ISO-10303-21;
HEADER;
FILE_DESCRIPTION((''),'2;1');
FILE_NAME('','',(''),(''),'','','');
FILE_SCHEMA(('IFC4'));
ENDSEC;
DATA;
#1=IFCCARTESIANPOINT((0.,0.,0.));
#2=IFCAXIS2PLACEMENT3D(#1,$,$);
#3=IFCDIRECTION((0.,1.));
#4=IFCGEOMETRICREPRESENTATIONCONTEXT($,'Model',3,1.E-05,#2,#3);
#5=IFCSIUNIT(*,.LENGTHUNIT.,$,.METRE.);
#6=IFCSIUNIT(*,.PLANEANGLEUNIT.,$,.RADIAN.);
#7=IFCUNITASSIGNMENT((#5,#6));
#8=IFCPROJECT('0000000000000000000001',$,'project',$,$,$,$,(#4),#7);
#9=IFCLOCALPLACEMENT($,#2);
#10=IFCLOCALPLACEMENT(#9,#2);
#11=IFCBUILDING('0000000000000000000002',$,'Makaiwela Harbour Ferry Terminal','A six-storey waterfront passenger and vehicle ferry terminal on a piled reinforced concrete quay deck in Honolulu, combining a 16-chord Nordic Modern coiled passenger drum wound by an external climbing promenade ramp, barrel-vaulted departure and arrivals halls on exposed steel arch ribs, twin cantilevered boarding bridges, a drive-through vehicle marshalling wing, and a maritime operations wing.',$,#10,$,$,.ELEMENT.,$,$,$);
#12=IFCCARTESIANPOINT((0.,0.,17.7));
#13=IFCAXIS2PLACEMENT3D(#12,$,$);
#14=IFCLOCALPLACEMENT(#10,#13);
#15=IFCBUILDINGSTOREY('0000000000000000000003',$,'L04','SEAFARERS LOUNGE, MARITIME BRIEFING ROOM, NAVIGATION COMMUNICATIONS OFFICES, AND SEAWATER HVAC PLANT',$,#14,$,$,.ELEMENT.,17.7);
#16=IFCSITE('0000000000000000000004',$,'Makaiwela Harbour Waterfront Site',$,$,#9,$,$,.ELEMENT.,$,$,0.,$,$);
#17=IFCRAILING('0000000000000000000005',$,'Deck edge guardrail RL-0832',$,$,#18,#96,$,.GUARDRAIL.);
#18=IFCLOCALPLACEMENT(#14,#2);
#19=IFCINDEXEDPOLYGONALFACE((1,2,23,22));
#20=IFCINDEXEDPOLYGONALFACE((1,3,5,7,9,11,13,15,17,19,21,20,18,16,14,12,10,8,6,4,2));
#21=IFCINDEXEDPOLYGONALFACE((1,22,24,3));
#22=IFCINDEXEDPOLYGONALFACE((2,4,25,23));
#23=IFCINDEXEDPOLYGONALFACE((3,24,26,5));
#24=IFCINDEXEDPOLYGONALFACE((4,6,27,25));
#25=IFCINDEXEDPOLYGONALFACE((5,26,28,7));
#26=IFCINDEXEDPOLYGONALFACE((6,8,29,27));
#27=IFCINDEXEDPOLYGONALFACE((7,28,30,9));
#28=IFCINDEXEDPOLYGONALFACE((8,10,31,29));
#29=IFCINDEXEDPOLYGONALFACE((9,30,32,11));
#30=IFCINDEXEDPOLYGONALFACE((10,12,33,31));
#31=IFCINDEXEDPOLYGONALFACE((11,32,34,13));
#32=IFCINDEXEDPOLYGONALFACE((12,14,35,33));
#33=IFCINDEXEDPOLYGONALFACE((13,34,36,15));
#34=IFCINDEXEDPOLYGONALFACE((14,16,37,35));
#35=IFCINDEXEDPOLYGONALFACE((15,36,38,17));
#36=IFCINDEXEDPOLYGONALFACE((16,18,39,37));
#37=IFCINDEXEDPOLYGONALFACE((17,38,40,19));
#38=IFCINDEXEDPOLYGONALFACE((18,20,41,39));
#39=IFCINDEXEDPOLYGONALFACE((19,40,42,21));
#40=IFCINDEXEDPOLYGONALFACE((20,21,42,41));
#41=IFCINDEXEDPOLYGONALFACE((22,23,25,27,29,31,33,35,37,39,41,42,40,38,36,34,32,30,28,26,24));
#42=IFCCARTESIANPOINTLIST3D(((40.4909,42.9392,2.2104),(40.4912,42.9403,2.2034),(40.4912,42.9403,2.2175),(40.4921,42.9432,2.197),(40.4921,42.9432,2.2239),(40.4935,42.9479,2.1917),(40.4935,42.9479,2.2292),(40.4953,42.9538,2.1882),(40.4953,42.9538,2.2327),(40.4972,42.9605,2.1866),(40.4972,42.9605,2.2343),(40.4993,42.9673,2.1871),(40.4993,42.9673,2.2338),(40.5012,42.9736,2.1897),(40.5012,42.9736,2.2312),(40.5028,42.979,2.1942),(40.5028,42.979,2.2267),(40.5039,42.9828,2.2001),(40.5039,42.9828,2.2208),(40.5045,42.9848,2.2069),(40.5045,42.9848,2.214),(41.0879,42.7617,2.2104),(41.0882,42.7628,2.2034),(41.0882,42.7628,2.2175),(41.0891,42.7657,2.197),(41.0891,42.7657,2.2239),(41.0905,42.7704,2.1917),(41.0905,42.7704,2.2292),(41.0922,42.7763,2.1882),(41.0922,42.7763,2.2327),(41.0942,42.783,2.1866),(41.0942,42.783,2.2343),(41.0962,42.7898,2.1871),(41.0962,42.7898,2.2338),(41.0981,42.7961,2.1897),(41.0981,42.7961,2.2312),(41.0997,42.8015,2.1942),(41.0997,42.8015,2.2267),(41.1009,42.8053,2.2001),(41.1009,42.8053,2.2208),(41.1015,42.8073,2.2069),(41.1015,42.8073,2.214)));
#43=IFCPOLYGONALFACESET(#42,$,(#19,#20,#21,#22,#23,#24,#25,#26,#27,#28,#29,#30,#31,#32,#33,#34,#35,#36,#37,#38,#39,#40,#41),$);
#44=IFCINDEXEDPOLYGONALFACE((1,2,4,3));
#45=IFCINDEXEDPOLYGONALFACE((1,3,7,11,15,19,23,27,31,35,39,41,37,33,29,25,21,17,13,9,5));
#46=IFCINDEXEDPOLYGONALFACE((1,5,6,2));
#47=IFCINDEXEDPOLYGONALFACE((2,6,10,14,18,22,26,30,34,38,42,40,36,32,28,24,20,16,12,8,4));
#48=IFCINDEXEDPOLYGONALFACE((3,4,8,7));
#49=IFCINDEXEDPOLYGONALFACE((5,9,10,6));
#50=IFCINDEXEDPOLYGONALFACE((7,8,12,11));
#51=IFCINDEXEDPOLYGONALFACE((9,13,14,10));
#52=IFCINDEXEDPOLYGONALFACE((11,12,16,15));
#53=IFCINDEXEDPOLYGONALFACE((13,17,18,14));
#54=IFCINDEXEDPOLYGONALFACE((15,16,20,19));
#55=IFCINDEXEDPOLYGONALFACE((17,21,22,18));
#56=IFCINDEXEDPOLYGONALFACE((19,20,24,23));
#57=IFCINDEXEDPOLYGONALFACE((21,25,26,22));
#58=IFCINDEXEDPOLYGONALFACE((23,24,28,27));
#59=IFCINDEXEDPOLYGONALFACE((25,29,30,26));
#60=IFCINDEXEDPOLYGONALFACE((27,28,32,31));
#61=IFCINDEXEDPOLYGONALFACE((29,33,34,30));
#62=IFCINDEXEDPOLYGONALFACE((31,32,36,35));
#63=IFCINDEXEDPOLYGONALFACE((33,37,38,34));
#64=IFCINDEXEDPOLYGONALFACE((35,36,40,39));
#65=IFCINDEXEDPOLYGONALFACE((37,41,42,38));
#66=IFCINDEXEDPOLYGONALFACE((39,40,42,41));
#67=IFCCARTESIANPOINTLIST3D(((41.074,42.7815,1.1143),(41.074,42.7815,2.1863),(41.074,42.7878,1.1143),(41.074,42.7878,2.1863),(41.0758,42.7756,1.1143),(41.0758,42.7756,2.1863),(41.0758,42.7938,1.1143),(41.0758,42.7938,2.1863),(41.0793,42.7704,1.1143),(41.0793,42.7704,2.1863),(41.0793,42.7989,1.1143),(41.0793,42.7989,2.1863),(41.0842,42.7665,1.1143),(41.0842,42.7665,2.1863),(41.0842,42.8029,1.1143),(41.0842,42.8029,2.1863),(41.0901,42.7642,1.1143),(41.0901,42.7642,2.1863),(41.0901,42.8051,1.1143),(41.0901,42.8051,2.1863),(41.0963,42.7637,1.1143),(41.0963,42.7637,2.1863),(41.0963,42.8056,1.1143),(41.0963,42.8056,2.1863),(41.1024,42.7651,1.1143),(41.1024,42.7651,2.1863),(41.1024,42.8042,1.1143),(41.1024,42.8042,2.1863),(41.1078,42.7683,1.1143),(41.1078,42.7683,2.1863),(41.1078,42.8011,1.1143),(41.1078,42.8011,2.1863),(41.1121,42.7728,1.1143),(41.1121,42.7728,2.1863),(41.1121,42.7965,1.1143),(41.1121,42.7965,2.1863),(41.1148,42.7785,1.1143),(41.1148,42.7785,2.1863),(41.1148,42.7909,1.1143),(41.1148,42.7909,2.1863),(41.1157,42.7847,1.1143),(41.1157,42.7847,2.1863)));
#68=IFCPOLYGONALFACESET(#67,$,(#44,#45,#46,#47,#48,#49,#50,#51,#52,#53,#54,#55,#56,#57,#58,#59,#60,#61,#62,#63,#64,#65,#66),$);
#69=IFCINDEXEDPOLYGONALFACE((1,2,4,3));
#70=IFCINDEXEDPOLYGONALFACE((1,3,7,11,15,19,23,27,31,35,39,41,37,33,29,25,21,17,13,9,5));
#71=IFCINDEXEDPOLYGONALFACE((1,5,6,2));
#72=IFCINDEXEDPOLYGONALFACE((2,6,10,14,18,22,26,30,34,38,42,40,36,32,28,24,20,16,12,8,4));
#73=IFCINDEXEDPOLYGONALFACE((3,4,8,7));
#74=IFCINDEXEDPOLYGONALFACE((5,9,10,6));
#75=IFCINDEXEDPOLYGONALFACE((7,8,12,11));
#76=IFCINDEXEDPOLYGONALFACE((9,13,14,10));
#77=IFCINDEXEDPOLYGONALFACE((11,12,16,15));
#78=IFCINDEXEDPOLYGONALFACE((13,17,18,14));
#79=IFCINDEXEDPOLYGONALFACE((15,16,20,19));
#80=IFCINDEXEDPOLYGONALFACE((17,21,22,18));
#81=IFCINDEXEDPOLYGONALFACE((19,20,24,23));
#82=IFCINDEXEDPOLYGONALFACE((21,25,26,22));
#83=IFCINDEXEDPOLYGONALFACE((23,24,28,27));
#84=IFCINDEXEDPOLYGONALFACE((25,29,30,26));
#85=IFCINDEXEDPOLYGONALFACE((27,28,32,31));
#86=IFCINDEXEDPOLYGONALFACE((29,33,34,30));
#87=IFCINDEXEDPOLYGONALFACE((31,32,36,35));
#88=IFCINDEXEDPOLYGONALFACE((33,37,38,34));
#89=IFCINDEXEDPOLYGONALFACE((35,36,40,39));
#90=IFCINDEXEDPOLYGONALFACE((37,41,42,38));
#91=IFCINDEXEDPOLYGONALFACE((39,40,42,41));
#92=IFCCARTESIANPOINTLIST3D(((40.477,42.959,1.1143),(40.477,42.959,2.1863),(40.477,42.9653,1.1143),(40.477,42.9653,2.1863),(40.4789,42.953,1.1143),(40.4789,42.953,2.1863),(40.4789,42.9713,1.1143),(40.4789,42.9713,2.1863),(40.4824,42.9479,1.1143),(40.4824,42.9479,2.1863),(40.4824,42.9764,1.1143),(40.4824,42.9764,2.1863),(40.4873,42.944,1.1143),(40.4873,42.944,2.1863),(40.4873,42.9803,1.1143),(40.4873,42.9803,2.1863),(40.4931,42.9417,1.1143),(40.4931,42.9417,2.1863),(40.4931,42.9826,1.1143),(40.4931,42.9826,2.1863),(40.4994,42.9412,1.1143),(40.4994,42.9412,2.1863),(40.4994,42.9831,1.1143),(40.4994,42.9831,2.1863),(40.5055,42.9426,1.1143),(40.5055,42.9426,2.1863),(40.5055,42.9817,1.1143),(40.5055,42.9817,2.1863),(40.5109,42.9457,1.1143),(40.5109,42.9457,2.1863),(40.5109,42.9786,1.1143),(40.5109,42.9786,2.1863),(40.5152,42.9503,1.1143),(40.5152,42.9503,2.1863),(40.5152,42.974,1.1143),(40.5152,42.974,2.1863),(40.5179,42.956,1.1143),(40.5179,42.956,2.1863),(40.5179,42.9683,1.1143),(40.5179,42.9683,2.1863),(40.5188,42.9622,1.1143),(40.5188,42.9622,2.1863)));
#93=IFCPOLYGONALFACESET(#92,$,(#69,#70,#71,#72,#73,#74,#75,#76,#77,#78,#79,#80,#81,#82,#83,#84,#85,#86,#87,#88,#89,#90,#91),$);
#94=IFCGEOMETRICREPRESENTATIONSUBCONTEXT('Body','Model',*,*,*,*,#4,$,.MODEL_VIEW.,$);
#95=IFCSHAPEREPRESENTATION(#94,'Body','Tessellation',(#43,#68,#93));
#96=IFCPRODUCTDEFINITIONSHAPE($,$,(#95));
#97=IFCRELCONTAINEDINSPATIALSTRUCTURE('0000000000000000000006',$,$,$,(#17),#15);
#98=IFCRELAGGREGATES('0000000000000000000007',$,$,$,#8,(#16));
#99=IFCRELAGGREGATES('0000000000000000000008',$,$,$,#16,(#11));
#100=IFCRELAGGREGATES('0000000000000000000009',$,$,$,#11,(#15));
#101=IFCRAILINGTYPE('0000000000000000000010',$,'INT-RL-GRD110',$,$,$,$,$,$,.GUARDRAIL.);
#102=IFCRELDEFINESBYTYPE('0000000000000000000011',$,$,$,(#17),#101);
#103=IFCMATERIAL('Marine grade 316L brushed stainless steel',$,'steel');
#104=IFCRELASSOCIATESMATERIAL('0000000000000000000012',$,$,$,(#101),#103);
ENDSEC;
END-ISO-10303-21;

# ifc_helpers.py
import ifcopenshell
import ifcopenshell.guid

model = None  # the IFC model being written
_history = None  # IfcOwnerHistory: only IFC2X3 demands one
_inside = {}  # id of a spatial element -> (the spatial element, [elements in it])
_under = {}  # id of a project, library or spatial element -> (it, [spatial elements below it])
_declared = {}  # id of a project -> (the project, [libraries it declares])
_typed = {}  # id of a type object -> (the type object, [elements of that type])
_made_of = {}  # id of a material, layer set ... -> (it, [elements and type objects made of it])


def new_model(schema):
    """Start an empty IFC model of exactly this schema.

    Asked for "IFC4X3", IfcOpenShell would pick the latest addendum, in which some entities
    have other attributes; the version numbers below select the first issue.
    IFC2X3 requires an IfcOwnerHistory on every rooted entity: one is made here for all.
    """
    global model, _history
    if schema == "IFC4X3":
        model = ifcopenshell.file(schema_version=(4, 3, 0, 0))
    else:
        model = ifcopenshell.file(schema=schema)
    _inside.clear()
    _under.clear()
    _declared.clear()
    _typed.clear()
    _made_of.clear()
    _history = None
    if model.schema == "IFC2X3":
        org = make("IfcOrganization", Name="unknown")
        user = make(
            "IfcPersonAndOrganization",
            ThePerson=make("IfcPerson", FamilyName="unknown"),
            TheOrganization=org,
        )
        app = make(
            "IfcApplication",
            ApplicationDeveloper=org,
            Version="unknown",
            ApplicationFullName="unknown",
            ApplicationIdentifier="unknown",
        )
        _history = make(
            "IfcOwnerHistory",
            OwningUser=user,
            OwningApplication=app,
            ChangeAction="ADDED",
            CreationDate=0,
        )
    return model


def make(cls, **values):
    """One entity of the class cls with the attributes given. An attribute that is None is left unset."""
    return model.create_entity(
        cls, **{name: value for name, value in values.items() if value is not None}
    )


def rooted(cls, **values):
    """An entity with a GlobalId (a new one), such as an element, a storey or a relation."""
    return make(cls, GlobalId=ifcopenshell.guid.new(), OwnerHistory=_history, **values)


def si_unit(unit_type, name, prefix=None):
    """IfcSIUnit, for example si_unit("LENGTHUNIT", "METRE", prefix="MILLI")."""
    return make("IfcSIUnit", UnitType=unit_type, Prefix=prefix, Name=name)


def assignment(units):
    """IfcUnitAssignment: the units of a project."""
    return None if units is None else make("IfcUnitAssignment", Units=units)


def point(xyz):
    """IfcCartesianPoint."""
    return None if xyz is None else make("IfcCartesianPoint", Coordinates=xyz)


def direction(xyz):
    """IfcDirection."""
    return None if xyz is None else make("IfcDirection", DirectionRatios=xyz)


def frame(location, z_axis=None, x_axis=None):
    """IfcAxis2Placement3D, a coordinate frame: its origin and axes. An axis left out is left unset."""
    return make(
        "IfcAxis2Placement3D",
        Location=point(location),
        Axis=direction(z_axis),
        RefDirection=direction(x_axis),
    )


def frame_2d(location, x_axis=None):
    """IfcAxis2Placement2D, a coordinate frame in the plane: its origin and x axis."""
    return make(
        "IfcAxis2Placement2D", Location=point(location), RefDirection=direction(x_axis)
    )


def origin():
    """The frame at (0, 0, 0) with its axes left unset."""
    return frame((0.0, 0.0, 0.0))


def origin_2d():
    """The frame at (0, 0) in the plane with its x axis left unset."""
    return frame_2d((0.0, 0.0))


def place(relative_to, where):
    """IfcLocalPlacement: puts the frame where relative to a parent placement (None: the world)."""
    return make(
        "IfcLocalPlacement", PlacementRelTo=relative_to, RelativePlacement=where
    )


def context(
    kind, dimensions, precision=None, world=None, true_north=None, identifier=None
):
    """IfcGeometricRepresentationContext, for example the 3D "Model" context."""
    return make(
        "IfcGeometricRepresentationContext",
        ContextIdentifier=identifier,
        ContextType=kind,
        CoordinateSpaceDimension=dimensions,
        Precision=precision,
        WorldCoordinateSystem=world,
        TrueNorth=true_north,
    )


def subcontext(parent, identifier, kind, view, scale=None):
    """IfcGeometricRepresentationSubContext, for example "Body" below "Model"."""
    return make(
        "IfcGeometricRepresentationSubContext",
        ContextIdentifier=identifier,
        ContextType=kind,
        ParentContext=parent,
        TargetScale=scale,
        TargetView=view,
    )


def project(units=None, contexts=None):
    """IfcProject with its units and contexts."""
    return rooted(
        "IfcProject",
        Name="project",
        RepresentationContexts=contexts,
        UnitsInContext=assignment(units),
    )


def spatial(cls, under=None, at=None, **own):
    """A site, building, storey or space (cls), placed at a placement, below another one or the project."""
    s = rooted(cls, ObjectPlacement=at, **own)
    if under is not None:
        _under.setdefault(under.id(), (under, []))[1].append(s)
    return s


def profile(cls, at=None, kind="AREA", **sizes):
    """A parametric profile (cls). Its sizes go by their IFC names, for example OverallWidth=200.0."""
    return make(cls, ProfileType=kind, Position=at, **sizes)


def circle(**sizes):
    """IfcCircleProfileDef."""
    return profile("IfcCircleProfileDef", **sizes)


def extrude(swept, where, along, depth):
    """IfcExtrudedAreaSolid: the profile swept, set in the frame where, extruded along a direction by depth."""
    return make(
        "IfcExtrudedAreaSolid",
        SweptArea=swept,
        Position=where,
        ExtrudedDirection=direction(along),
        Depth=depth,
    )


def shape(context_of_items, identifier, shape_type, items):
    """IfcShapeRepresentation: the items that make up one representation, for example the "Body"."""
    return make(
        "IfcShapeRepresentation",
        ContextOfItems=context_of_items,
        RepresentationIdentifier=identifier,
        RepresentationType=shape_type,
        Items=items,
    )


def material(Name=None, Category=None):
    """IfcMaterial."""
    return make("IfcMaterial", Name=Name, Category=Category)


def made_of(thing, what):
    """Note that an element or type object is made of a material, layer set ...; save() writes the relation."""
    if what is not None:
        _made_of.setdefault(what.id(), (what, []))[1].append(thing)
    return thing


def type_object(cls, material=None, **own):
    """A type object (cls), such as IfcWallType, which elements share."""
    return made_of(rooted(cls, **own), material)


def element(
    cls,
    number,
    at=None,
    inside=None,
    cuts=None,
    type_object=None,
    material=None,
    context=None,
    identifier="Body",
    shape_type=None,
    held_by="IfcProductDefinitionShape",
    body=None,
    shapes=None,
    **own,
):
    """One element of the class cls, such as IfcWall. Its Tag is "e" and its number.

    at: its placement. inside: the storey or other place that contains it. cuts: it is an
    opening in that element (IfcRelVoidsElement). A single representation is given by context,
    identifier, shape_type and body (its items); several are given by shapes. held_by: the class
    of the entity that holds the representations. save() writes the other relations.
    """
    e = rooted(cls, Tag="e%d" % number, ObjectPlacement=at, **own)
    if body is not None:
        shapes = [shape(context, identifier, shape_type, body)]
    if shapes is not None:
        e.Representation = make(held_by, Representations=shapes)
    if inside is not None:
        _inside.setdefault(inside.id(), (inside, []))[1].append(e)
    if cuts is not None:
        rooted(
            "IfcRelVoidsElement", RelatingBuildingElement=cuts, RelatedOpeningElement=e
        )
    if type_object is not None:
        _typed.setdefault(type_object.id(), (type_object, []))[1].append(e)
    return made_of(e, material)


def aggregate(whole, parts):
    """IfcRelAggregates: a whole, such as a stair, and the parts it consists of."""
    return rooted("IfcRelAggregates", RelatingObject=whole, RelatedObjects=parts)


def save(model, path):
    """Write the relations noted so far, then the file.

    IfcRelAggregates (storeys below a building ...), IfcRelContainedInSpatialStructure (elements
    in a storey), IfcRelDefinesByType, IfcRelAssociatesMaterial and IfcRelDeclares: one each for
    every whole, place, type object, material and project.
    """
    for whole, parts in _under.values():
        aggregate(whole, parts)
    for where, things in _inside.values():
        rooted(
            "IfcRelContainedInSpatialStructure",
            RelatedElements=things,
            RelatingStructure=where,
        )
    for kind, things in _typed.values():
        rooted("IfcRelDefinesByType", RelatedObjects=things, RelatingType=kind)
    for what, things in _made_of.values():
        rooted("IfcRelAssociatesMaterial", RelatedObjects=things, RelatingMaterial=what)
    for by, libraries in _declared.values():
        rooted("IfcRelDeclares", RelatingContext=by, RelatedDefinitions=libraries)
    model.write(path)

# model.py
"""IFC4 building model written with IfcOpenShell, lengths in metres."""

from ifc_helpers import new_model, si_unit, direction, frame, origin, origin_2d, place, context, subcontext, project, spatial, circle, extrude, material, type_object, element, save


model = new_model("IFC4")

# Units and contexts
model_context = context("Model", 3, precision=1e-05, world=origin(), true_north=direction((0.0, 1.0)))
body_context = subcontext(model_context, "Body", "Model", "MODEL_VIEW")
ifc_project = project(units=[si_unit("LENGTHUNIT", "METRE"), si_unit("PLANEANGLEUNIT", "RADIAN")], contexts=[model_context])

# Site, building, storey
site_placement = place(None, origin())
site = spatial("IfcSite", under=ifc_project, at=site_placement, Name="Makaiwela Harbour Waterfront Site", CompositionType="ELEMENT", RefElevation=0.0)
building_placement = place(site_placement, origin())
building = spatial("IfcBuilding", under=site, at=building_placement, Name="Makaiwela Harbour Ferry Terminal", Description="A six-storey waterfront passenger and vehicle ferry terminal on a piled reinforced concrete quay deck in Honolulu, combining a 16-chord Nordic Modern coiled passenger drum wound by an external climbing promenade ramp, barrel-vaulted departure and arrivals halls on exposed steel arch ribs, twin cantilevered boarding bridges, a drive-through vehicle marshalling wing, and a maritime operations wing.", CompositionType="ELEMENT")
storey_placement = place(building_placement, frame((0.0, 0.0, 17.7)))
storey = spatial("IfcBuildingStorey", under=building, at=storey_placement, Name="L04", Description="SEAFARERS LOUNGE, MARITIME BRIEFING ROOM, NAVIGATION COMMUNICATIONS OFFICES, AND SEAWATER HVAC PLANT", CompositionType="ELEMENT", Elevation=17.7)

# Railing
ifc_material_1 = material(Name="Marine grade 316L brushed stainless steel", Category="steel")
railing_type_1 = type_object("IfcRailingType", Name="INT-RL-GRD110", PredefinedType="GUARDRAIL", material=ifc_material_1)
railing_1_placement = place(storey_placement, frame((41.0947, 42.7847, 1.1143)))
element("IfcRailing", 1, at=railing_1_placement, inside=storey, type_object=railing_type_1, Name="Deck edge guardrail RL-0832", PredefinedType="GUARDRAIL", context=body_context, shape_type="SweptSolid", body=[
    extrude(circle(Radius=0.0239, at=origin_2d()), frame((0.0, 0.0, 1.0962), z_axis=(-0.958525, 0.285009, 0.0), x_axis=(-0.285009, -0.958525, 0.0)), (0.0, 0.0, 1.0), 0.6228),
    extrude(circle(Radius=0.021, at=origin_2d()), origin(), (0.0, 0.0, 1.0), 1.072),
    extrude(circle(Radius=0.021, at=origin_2d()), frame((-0.5969, 0.1775, 0.0)), (0.0, 0.0, 1.0), 1.072),
])

save(model, "model.ifc")
